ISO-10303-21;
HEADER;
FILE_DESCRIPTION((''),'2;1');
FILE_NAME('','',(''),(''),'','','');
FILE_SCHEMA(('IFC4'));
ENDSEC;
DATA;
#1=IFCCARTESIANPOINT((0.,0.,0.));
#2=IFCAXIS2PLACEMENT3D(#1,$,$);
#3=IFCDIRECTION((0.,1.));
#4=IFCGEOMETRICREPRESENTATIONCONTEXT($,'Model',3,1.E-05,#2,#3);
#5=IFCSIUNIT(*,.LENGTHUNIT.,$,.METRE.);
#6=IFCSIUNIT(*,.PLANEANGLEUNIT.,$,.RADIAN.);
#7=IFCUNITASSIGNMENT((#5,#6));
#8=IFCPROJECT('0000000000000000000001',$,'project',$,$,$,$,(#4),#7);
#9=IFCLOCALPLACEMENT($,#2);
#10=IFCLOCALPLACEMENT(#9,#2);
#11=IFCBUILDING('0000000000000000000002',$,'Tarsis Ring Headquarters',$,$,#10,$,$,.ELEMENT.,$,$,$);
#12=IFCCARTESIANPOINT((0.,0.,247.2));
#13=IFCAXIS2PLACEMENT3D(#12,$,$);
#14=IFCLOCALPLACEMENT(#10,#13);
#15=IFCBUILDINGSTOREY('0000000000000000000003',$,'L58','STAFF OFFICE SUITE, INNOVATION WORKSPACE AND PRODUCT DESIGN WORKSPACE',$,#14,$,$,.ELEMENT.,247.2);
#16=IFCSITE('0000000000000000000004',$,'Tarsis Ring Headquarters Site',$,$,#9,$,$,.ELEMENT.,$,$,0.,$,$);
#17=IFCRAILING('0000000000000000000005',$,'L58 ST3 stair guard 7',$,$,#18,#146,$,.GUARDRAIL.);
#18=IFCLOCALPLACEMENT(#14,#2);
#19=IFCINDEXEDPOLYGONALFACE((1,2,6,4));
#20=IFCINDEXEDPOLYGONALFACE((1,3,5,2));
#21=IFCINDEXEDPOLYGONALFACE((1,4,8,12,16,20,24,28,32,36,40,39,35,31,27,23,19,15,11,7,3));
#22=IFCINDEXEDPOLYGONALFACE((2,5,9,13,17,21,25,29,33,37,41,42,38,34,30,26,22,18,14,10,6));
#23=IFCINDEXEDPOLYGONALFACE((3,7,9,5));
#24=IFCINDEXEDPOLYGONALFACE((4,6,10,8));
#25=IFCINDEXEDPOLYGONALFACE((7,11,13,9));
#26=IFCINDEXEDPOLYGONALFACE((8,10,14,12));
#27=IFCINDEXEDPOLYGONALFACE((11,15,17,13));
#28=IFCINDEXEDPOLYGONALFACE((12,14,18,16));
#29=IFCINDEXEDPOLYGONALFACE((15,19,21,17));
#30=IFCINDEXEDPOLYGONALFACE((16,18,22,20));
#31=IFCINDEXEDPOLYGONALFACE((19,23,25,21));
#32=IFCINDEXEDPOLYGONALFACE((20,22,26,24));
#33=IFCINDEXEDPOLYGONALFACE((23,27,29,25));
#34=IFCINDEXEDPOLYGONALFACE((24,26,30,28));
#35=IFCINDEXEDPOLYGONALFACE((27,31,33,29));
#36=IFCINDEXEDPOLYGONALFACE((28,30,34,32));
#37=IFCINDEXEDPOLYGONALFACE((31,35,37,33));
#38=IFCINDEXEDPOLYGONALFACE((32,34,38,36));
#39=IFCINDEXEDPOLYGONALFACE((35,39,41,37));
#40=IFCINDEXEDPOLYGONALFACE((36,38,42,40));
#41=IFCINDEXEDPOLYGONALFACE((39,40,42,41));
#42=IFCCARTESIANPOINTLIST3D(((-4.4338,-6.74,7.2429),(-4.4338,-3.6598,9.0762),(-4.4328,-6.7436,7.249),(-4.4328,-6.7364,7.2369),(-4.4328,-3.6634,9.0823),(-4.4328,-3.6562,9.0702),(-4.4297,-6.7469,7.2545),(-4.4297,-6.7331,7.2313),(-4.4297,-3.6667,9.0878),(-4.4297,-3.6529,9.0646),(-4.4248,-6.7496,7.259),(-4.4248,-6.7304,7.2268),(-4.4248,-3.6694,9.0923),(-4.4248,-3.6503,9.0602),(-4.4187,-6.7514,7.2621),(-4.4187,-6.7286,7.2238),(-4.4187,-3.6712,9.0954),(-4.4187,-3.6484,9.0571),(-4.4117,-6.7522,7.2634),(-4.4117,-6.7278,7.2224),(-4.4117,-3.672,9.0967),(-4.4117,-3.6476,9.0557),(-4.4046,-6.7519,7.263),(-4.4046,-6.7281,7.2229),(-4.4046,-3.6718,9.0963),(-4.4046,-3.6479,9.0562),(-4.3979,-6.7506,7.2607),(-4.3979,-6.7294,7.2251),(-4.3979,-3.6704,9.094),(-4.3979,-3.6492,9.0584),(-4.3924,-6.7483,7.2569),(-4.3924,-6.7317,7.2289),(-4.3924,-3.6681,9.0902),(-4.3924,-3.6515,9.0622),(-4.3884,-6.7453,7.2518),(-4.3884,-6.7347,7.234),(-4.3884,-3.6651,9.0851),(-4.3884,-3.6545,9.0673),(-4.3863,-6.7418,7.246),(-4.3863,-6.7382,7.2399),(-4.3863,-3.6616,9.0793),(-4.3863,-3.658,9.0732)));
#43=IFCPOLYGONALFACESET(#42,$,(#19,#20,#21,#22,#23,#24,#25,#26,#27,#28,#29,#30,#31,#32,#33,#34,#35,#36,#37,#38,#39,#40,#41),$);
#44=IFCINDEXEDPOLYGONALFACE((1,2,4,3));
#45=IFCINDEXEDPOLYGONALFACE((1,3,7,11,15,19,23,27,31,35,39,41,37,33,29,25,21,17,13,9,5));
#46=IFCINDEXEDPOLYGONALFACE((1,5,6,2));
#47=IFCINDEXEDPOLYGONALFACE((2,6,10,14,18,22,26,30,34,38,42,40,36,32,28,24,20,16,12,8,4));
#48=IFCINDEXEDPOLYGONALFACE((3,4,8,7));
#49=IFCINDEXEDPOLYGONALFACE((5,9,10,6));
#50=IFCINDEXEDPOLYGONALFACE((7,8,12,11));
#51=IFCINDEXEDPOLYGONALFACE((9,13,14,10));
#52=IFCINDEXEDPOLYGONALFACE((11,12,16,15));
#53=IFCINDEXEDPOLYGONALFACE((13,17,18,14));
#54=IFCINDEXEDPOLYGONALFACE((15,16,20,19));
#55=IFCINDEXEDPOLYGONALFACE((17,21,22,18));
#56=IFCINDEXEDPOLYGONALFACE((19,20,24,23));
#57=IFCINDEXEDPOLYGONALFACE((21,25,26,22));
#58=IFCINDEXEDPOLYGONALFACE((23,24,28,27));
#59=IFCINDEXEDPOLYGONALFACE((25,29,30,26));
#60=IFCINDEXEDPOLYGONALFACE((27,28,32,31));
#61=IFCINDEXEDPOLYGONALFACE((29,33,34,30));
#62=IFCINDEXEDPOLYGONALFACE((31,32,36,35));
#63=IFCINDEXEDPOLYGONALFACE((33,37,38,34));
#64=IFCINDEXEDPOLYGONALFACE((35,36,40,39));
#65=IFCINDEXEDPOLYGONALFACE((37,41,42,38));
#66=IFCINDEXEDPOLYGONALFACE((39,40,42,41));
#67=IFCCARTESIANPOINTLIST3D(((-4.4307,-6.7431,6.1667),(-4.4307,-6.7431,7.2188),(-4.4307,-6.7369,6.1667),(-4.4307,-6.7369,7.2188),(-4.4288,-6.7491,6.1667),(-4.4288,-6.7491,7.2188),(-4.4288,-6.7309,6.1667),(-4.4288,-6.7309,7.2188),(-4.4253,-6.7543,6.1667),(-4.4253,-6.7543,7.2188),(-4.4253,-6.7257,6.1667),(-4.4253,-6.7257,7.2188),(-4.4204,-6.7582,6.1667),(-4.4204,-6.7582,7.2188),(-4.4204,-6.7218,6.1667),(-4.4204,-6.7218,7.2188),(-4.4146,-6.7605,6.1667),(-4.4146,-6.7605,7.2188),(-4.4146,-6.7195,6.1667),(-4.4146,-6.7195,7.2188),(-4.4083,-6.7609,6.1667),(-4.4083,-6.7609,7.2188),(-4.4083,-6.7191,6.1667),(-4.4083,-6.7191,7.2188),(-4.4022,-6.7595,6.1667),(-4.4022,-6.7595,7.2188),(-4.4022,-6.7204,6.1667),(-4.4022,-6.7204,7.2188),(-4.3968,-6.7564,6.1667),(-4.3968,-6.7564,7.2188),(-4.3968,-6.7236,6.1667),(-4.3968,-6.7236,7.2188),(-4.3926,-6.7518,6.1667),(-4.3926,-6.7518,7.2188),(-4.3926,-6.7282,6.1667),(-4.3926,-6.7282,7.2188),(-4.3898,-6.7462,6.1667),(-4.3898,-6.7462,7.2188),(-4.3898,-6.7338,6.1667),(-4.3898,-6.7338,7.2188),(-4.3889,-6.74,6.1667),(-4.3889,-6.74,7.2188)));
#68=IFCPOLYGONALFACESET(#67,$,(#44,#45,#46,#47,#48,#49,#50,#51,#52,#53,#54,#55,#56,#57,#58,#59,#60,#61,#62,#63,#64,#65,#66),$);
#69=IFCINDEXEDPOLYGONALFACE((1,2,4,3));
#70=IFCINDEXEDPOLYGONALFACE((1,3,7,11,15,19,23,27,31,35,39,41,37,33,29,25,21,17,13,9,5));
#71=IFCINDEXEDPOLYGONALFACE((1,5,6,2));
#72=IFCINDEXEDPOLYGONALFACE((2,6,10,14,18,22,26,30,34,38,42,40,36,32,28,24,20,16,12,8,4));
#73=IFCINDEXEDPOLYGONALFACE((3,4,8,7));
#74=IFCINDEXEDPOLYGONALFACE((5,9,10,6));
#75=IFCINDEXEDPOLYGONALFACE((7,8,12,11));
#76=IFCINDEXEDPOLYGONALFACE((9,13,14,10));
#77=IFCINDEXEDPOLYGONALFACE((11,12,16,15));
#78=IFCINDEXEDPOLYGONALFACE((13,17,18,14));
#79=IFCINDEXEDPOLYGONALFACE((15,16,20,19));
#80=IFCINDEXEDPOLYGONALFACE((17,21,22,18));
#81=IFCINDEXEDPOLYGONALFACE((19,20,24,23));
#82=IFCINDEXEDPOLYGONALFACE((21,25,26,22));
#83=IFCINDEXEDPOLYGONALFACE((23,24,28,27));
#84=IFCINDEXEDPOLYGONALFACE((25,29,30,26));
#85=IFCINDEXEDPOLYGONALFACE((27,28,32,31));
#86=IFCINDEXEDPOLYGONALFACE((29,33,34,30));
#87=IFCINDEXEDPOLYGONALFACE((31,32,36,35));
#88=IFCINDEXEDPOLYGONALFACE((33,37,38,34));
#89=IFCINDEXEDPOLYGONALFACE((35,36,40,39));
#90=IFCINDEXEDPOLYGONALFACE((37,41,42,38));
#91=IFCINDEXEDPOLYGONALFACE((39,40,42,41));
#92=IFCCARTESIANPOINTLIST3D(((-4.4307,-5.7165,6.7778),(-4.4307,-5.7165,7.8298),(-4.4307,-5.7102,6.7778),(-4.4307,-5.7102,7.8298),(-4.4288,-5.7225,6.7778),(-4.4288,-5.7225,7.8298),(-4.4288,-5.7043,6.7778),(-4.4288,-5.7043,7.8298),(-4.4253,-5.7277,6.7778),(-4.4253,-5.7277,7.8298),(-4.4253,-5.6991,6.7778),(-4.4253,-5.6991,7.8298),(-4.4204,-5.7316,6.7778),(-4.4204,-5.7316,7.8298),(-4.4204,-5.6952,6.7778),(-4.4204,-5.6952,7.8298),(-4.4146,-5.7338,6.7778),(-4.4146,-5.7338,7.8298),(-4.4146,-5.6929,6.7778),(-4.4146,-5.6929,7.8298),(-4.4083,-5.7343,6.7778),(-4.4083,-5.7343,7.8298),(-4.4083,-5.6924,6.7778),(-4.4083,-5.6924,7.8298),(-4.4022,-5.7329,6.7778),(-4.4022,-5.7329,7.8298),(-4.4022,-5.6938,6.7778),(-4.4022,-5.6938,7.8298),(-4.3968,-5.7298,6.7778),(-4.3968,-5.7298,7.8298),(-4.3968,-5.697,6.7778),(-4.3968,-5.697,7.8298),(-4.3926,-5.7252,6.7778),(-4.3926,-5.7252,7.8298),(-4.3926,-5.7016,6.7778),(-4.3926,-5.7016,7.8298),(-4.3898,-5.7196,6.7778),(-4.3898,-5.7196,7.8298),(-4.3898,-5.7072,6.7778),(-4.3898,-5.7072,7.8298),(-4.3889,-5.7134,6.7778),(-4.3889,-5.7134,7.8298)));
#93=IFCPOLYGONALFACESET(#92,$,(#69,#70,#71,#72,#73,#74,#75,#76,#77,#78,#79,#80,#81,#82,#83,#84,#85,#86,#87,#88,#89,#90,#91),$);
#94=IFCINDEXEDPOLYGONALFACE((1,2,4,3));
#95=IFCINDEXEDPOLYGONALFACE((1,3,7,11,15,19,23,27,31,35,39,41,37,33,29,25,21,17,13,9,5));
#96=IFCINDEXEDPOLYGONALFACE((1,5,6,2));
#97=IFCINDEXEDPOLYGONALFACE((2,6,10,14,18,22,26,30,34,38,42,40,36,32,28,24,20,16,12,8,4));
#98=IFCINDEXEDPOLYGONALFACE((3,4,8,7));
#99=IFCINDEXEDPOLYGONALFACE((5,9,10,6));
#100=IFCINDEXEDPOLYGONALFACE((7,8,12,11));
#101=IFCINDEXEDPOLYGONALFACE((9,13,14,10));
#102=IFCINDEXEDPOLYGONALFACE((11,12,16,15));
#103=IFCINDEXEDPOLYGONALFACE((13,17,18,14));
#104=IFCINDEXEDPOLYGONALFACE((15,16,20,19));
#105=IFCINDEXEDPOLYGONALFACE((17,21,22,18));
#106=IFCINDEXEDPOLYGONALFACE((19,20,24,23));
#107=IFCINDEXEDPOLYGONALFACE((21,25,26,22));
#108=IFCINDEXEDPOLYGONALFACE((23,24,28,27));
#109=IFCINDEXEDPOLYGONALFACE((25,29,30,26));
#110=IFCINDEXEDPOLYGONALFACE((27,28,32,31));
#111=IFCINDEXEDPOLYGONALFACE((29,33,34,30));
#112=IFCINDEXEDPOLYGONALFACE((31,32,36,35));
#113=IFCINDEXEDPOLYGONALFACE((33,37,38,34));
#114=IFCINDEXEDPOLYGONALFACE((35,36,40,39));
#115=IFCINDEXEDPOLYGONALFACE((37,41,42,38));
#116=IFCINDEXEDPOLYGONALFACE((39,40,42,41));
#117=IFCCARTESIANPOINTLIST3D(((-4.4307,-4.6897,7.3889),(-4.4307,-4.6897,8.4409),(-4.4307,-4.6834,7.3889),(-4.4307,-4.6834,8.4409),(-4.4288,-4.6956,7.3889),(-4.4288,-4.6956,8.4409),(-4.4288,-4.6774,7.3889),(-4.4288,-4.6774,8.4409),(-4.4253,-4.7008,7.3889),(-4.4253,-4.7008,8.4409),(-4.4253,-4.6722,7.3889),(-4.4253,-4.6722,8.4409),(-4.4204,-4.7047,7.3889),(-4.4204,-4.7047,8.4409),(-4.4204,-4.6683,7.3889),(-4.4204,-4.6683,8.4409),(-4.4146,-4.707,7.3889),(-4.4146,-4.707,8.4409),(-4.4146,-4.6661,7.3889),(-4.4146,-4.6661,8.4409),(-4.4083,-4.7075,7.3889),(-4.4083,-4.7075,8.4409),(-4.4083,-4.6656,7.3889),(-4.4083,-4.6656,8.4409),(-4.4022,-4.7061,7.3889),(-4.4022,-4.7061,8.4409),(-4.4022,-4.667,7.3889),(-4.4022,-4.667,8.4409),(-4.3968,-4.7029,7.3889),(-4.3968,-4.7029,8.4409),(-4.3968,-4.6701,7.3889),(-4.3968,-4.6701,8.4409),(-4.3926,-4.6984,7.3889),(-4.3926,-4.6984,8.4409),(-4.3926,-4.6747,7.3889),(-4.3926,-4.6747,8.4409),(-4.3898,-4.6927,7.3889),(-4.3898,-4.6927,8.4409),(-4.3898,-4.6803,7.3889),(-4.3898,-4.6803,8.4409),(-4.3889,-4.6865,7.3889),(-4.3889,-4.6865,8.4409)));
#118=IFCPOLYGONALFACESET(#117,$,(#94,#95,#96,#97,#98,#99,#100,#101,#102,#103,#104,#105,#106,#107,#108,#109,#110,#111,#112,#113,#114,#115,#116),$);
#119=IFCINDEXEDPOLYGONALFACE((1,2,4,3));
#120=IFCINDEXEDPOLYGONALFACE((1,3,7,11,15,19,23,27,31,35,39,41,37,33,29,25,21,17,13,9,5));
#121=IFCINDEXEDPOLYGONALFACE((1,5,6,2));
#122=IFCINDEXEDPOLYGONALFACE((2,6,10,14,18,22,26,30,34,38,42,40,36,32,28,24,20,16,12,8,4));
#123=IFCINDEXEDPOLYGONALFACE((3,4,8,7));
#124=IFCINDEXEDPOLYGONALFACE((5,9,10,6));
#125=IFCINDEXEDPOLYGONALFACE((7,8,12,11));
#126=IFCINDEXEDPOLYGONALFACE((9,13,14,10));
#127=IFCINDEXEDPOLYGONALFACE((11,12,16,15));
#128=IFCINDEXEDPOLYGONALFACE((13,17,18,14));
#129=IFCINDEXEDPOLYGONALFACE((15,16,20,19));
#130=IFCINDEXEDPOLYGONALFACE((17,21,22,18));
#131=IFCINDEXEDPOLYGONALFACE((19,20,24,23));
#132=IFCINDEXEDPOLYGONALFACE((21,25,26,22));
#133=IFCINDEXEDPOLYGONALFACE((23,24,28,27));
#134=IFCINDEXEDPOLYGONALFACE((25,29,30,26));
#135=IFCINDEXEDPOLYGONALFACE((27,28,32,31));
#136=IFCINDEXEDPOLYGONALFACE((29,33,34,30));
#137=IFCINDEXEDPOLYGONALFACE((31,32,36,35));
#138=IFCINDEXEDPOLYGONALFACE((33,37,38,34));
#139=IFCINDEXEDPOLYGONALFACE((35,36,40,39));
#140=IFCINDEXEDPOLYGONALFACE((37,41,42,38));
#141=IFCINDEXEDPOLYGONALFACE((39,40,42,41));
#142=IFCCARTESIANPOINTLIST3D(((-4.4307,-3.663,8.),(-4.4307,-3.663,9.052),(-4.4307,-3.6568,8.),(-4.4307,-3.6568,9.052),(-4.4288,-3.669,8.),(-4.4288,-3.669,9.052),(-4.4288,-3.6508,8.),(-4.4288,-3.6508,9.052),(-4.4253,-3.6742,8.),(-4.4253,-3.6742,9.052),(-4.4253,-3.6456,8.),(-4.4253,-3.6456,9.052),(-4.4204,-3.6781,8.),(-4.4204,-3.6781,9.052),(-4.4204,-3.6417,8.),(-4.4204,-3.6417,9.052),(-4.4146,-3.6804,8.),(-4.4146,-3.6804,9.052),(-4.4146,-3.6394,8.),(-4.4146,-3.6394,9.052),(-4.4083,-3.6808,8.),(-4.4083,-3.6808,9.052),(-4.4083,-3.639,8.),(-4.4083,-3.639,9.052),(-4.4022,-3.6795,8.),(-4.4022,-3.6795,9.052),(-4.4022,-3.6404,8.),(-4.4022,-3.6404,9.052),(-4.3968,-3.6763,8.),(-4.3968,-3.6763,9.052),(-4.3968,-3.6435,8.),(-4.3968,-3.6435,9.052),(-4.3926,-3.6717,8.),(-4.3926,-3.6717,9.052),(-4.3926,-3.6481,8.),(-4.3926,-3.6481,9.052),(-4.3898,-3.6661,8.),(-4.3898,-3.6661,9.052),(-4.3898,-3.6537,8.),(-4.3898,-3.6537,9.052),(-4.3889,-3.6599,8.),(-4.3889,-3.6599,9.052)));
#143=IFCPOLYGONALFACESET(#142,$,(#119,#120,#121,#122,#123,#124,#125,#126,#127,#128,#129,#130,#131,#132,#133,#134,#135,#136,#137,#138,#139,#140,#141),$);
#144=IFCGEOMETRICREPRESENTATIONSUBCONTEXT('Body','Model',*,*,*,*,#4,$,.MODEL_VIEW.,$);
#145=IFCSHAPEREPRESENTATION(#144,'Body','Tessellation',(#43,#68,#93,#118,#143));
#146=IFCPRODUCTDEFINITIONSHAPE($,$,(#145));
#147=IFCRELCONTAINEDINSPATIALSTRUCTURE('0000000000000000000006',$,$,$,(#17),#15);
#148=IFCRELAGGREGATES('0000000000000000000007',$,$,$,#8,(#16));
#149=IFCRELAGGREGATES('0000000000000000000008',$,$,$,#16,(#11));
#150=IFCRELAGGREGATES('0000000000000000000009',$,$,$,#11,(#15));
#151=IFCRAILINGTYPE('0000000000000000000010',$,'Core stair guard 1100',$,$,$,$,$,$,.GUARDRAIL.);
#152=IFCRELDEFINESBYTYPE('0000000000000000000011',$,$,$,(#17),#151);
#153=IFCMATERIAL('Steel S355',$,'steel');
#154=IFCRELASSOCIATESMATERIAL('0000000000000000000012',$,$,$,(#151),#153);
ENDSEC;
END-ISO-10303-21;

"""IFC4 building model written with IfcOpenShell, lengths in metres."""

from ifc_helpers import new_model, si_unit, direction, frame, origin, origin_2d, place, context, subcontext, project, spatial, circle, extrude, material, type_object, element, save


model = new_model("IFC4")

# Units and contexts
model_context = context("Model", 3, precision=1e-05, world=origin(), true_north=direction((0.0, 1.0)))
body_context = subcontext(model_context, "Body", "Model", "MODEL_VIEW")
ifc_project = project(units=[si_unit("LENGTHUNIT", "METRE"), si_unit("PLANEANGLEUNIT", "RADIAN")], contexts=[model_context])

# Site, building, storey
site_placement = place(None, origin())
site = spatial("IfcSite", under=ifc_project, at=site_placement, Name="Tarsis Ring Headquarters Site", CompositionType="ELEMENT", RefElevation=0.0)
building_placement = place(site_placement, origin())
building = spatial("IfcBuilding", under=site, at=building_placement, Name="Tarsis Ring Headquarters", CompositionType="ELEMENT")
storey_placement = place(building_placement, frame((0.0, 0.0, 247.2)))
storey = spatial("IfcBuildingStorey", under=building, at=storey_placement, Name="L58", Description="STAFF OFFICE SUITE, INNOVATION WORKSPACE AND PRODUCT DESIGN WORKSPACE", CompositionType="ELEMENT", Elevation=247.2)

# Railing
ifc_material_1 = material(Name="Steel S355", Category="steel")
railing_type_1 = type_object("IfcRailingType", Name="Core stair guard 1100", PredefinedType="GUARDRAIL", material=ifc_material_1)
railing_placement = place(storey_placement, frame((-4.4099, -6.74, 6.1667)))
element("IfcRailing", 1, at=railing_placement, inside=storey, type_object=railing_type_1, Name="L58 ST3 stair guard 7", PredefinedType="GUARDRAIL", context=body_context, shape_type="SweptSolid", body=[
    extrude(circle(Radius=0.0239, at=origin_2d()), frame((0.0, 0.0, 1.0762), z_axis=(0.0, 0.859309, 0.511458), x_axis=(-1.0, 0.0, 0.0)), (0.0, 0.0, 1.0), 3.5845),
    extrude(circle(Radius=0.021, at=origin_2d()), origin(), (0.0, 0.0, 1.0), 1.052),
    extrude(circle(Radius=0.021, at=origin_2d()), frame((0.0, 1.0266, 0.6111)), (0.0, 0.0, 1.0), 1.052),
    extrude(circle(Radius=0.021, at=origin_2d()), frame((0.0, 2.0535, 1.2222)), (0.0, 0.0, 1.0), 1.052),
    extrude(circle(Radius=0.021, at=origin_2d()), frame((0.0, 3.0801, 1.8333)), (0.0, 0.0, 1.0), 1.052),
])

save(model, "model.ifc")
